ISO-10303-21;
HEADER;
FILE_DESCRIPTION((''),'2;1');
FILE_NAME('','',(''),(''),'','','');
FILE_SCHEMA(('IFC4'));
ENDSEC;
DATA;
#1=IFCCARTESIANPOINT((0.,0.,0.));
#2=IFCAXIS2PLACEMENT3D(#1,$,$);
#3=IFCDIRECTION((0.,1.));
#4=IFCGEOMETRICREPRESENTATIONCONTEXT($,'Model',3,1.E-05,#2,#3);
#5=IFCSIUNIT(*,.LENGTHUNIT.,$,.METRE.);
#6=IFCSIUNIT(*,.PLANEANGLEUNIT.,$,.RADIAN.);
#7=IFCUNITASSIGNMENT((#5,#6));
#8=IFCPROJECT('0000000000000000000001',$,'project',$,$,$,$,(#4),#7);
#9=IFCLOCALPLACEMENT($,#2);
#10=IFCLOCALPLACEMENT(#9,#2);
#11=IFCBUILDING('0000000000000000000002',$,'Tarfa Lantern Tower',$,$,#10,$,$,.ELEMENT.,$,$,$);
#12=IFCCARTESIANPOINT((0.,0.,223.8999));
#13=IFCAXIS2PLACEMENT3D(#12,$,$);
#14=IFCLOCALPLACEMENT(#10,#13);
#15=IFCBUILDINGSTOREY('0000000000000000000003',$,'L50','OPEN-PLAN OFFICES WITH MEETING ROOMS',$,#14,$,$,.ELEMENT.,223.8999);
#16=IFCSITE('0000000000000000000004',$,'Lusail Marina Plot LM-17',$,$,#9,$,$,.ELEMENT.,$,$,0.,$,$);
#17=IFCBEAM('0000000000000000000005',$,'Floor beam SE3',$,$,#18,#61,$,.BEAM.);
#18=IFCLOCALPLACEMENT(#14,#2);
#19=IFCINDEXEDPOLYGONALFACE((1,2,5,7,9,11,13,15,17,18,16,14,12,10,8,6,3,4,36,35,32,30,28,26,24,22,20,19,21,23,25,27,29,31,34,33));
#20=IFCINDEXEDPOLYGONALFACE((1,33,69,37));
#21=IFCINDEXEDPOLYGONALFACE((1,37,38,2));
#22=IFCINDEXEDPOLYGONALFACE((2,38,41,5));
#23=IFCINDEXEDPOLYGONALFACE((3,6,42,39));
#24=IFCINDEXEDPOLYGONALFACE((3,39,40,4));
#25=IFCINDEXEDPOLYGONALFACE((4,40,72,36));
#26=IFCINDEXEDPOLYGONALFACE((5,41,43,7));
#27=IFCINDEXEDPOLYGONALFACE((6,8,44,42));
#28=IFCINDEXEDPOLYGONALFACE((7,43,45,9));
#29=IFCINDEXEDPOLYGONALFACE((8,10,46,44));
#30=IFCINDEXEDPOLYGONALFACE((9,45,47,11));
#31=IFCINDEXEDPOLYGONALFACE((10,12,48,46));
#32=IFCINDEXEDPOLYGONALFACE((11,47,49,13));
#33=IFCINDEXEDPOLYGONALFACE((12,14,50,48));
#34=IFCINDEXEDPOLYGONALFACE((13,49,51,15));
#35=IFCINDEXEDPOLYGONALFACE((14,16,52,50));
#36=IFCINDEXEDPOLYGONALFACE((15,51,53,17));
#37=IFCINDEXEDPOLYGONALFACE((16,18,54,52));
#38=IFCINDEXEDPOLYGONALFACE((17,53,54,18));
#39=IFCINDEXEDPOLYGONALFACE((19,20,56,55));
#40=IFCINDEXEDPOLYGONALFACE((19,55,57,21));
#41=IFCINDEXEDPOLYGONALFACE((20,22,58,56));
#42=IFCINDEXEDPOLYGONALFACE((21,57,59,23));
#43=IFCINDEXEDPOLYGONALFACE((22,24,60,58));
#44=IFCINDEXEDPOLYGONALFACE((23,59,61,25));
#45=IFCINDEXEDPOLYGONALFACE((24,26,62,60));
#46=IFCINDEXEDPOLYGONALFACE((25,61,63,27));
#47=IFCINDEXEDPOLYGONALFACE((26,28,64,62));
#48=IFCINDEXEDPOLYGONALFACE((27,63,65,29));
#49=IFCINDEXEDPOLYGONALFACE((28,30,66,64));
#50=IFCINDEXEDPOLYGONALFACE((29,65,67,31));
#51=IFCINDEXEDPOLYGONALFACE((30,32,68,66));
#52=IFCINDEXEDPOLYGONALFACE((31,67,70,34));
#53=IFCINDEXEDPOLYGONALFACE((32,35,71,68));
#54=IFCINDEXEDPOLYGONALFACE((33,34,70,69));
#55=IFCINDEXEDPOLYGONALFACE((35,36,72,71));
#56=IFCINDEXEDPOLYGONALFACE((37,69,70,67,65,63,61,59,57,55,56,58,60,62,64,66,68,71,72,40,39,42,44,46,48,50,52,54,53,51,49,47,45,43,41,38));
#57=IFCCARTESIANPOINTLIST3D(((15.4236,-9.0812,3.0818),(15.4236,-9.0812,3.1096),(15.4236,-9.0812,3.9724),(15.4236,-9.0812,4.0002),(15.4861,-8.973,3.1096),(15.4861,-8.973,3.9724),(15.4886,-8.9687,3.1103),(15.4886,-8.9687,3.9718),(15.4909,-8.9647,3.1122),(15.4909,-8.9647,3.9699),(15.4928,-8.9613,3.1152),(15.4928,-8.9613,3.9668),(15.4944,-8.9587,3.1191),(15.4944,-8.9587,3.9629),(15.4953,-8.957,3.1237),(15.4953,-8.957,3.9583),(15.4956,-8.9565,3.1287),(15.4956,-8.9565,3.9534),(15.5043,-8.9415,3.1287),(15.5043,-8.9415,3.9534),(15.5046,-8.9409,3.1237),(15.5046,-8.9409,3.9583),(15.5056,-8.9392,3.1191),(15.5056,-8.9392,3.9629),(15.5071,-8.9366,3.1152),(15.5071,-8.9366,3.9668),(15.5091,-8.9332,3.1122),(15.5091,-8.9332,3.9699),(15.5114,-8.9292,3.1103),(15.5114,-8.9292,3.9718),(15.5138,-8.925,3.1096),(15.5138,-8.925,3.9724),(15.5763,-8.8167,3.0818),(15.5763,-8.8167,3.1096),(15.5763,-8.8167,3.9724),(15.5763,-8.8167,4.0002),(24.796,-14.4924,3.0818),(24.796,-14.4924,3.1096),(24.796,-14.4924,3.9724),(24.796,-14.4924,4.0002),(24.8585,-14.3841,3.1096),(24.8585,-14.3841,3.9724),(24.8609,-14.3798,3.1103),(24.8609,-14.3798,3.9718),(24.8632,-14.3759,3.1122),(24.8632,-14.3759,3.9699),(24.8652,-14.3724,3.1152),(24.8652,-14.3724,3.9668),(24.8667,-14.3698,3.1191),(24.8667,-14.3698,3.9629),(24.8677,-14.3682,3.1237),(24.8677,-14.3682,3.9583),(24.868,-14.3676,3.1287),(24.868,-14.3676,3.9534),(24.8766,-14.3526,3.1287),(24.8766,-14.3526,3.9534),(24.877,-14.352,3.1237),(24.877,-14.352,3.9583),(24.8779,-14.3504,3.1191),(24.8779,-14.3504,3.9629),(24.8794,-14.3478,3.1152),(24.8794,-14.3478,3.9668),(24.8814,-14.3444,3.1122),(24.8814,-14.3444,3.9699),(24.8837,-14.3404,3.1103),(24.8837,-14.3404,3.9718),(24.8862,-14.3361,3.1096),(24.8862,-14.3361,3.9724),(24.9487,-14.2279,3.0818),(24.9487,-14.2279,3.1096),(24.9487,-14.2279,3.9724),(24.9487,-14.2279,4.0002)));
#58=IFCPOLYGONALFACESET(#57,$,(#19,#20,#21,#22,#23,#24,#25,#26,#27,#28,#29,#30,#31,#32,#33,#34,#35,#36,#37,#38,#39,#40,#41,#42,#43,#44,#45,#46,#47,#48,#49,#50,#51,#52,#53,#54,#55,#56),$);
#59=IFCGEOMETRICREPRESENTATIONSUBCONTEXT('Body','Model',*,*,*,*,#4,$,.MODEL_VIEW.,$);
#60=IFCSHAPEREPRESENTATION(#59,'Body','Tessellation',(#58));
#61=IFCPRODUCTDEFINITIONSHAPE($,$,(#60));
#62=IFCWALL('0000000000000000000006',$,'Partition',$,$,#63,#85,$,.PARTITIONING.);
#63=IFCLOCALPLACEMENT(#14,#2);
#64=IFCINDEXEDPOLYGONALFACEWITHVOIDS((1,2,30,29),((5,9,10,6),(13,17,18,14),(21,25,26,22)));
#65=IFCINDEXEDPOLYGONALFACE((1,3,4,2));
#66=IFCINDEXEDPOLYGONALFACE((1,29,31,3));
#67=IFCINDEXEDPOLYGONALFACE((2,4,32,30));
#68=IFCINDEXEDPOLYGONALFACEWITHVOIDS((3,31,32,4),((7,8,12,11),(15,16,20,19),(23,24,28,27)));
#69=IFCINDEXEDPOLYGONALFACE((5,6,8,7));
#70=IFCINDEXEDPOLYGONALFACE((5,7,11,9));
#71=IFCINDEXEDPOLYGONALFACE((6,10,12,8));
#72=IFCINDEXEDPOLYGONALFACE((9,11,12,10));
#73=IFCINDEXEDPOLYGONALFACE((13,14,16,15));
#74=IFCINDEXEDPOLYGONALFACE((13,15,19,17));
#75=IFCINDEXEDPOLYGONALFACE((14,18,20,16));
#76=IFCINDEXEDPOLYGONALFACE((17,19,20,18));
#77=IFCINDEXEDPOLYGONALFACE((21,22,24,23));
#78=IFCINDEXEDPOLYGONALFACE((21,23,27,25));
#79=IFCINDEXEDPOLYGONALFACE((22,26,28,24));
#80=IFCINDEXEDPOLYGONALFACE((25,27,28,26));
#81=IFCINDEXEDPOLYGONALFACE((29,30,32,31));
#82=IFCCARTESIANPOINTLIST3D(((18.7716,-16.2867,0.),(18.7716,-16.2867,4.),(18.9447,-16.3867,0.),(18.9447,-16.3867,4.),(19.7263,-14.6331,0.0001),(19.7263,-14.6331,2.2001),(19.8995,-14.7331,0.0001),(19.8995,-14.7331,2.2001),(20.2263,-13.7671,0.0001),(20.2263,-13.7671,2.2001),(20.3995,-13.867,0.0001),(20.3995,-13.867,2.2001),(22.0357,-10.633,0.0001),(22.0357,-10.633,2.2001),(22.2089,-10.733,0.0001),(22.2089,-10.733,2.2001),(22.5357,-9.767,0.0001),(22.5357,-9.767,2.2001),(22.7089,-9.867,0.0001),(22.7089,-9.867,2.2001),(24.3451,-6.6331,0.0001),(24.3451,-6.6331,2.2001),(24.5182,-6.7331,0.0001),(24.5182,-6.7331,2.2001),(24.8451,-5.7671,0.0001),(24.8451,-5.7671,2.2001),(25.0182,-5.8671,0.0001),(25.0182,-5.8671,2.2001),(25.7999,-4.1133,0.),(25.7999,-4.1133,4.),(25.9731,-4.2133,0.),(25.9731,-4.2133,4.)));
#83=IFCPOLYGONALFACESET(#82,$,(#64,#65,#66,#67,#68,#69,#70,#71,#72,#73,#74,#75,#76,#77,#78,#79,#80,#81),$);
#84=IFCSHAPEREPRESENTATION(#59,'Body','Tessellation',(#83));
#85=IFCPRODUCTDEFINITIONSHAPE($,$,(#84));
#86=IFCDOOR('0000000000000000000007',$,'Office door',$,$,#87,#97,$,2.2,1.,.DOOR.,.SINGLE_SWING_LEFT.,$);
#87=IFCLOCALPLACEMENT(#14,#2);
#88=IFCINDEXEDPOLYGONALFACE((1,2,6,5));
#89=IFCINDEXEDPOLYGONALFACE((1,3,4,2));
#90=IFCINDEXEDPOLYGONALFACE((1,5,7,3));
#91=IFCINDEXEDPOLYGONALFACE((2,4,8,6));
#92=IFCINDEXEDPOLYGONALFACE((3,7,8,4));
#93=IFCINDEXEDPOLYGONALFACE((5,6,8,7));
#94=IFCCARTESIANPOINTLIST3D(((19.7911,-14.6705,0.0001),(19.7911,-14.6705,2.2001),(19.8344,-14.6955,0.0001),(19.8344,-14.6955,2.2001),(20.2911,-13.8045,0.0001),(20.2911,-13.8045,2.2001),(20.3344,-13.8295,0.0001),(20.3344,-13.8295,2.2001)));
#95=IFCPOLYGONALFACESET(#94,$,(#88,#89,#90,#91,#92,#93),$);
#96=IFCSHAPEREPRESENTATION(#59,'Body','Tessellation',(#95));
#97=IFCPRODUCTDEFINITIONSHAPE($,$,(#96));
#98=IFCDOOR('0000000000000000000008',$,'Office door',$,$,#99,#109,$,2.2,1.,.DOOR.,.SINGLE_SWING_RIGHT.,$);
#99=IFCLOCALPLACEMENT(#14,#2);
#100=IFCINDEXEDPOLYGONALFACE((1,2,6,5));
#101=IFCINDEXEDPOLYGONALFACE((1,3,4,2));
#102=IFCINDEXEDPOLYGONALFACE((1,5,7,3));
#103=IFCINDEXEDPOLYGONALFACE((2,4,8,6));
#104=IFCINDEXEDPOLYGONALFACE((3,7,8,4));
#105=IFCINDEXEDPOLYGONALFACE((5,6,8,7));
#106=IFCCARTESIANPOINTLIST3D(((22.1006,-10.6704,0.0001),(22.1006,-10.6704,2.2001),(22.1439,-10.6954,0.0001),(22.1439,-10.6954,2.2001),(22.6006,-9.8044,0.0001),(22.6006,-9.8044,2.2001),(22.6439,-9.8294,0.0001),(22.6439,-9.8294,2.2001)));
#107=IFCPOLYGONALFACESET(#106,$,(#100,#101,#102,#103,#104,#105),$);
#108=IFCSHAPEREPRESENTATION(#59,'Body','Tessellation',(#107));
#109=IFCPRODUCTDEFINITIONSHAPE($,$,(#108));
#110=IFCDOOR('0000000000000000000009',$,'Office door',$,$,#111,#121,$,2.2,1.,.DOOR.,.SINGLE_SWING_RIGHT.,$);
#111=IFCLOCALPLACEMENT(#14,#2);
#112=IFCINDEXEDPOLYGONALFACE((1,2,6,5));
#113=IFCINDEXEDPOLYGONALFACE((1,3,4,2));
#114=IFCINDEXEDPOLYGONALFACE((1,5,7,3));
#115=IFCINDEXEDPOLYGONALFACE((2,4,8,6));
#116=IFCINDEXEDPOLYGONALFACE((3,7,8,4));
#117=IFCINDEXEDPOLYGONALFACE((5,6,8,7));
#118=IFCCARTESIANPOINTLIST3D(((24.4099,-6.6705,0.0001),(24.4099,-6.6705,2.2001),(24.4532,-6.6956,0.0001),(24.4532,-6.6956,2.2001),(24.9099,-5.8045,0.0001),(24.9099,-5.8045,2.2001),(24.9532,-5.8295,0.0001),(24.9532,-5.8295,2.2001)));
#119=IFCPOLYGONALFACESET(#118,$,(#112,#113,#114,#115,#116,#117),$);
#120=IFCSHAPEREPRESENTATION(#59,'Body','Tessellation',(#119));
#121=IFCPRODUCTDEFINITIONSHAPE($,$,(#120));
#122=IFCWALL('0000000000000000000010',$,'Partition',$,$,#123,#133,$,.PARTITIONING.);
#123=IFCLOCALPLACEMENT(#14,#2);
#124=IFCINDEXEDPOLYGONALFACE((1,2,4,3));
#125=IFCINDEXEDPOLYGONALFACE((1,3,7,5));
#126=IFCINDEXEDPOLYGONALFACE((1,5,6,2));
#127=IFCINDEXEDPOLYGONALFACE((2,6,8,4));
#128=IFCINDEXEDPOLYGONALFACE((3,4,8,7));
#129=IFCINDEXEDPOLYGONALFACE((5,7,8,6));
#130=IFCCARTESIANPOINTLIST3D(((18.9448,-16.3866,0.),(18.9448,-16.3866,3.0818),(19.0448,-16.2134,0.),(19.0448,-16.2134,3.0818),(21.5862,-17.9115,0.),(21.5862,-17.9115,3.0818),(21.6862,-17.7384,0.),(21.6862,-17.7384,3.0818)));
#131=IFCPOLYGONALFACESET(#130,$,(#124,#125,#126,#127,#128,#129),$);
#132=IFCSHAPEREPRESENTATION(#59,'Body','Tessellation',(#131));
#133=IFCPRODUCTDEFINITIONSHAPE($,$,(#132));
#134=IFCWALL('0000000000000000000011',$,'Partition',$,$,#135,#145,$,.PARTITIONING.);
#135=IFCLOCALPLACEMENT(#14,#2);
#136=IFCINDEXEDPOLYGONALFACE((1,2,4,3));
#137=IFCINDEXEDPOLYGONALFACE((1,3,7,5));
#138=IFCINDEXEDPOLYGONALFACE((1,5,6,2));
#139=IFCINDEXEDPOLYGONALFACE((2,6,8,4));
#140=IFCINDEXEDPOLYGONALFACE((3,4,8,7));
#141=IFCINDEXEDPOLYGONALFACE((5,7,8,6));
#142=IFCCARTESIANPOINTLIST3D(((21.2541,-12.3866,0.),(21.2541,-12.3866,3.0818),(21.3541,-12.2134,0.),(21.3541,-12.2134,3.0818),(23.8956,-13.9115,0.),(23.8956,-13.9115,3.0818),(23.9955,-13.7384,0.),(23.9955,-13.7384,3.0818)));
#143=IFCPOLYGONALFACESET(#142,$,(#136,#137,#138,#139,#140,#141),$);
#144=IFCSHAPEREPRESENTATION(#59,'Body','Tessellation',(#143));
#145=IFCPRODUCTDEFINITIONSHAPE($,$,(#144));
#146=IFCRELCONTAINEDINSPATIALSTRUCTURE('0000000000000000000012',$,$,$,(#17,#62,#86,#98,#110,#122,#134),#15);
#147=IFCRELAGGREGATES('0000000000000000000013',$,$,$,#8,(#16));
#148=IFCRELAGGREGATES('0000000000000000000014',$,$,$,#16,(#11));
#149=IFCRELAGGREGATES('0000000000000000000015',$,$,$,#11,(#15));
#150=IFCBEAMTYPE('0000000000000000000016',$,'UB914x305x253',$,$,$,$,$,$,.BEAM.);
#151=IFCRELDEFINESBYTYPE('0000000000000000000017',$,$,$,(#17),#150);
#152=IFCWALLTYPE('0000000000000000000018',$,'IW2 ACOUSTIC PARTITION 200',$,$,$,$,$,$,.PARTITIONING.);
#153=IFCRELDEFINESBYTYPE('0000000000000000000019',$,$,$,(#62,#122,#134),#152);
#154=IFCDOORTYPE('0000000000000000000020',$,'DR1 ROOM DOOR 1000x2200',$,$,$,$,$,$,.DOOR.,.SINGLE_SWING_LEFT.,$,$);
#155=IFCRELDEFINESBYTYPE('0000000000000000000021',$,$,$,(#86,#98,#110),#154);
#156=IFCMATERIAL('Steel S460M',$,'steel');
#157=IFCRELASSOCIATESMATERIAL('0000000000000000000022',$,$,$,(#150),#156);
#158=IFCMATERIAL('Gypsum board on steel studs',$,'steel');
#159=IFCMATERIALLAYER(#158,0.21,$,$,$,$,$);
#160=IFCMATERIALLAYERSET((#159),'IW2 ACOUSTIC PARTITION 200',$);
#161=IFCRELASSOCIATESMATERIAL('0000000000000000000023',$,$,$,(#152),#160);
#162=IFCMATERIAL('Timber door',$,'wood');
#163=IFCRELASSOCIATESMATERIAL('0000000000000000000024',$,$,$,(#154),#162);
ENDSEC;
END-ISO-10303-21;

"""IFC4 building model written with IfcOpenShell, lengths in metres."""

from ifc_helpers import new_model, si_unit, direction, frame, frame_2d, origin, origin_2d, place, context, subcontext, project, spatial, rectangle, i_section, extrude, material, layer, layer_set, material_profile, profile_set, type_object, element, fill, save


model = new_model("IFC4")

# Units and contexts
model_context = context("Model", 3, precision=1e-05, world=origin(), true_north=direction((0.0, 1.0)))
body_context = subcontext(model_context, "Body", "Model", "MODEL_VIEW")
ifc_project = project(units=[si_unit("LENGTHUNIT", "METRE"), si_unit("PLANEANGLEUNIT", "RADIAN")], contexts=[model_context])

# Site, building, storey
site_placement = place(None, origin())
site = spatial("IfcSite", under=ifc_project, at=site_placement, Name="Lusail Marina Plot LM-17", CompositionType="ELEMENT", RefElevation=0.0)
building_placement = place(site_placement, origin())
building = spatial("IfcBuilding", under=site, at=building_placement, Name="Tarfa Lantern Tower", CompositionType="ELEMENT")
storey_placement = place(building_placement, frame((0.0, 0.0, 223.8999)))
storey = spatial("IfcBuildingStorey", under=building, at=storey_placement, Name="L50", Description="OPEN-PLAN OFFICES WITH MEETING ROOMS", CompositionType="ELEMENT", Elevation=223.8999)

# Beam
ifc_material_1 = material(Name="Steel S460M", Category="steel")
ifc_material_profile_1 = material_profile(ifc_material_1, i_section(OverallWidth=0.3054, OverallDepth=0.9185, WebThickness=0.0173, FlangeThickness=0.0278, FilletRadius=0.019, at=origin_2d()), Name="UB914x305x253")
ifc_profile_set_1 = profile_set([ifc_material_profile_1], Name="Steel S460M")
beam_type_1 = type_object("IfcBeamType", Name="UB914x305x253", PredefinedType="BEAM", material=ifc_profile_set_1)
beam_1_placement = place(storey_placement, frame((24.8723, -14.3601, 3.541), z_axis=(-0.866024, 0.500002, 0.0), x_axis=(-0.500002, -0.866024, 0.0)))
element("IfcBeam", 1, at=beam_1_placement, inside=storey, type_object=beam_type_1, Name="Floor beam SE3", PredefinedType="BEAM", context=body_context, shape_type="SweptSolid", body=[
    extrude(i_section(OverallWidth=0.3054, OverallDepth=0.9185, WebThickness=0.0173, FlangeThickness=0.0278, FilletRadius=0.019, at=origin_2d()), origin(), (0.0, 0.0, 1.0), 10.8223),
])

# Wall, openings, doors
ifc_material_2 = material(Name="Gypsum board on steel studs", Category="steel")
ifc_layer_1 = layer(ifc_material_2, 0.21)
ifc_layer_set_1 = layer_set([ifc_layer_1], Name="IW2 ACOUSTIC PARTITION 200")
wall_type_1 = type_object("IfcWallType", Name="IW2 ACOUSTIC PARTITION 200", PredefinedType="PARTITIONING", material=ifc_layer_set_1)
wall_1_placement = place(storey_placement, frame((18.8582, -16.3367, 0.0), z_axis=(0.0, 0.0, 1.0), x_axis=(0.500002, 0.866024, 0.0)))
wall_1 = element("IfcWall", 2, at=wall_1_placement, inside=storey, type_object=wall_type_1, Name="Partition", PredefinedType="PARTITIONING", context=body_context, shape_type="SweptSolid", body=[
    extrude(rectangle(XDim=14.0566, YDim=0.2, at=frame_2d((7.0283, 0.0))), origin(), (0.0, 0.0, 1.0), 4.0),
])
opening_1_placement = place(wall_1_placement, frame((1.9094, 0.0, 0.0)))
opening_1 = element("IfcOpeningElement", 3, at=opening_1_placement, cuts=wall_1, PredefinedType="OPENING", context=body_context, shape_type="SweptSolid", body=[
    extrude(rectangle(XDim=1.0, YDim=2.2, at=frame_2d((0.5, 1.1001))), frame((0.0, 0.1099, 0.0), z_axis=(0.0, -1.0, 0.0), x_axis=(1.0, 0.0, 0.0)), (0.0, 0.0, 1.0), 0.22),
])
opening_2_placement = place(wall_1_placement, frame((6.5283, 0.0, 0.0)))
opening_2 = element("IfcOpeningElement", 4, at=opening_2_placement, cuts=wall_1, PredefinedType="OPENING", context=body_context, shape_type="SweptSolid", body=[
    extrude(rectangle(XDim=1.0, YDim=2.2, at=frame_2d((0.5, 1.1001))), frame((0.0, 0.1099, 0.0), z_axis=(0.0, -1.0, 0.0), x_axis=(1.0, 0.0, 0.0)), (0.0, 0.0, 1.0), 0.22),
])
opening_3_placement = place(wall_1_placement, frame((11.147, 0.0, 0.0)))
opening_3 = element("IfcOpeningElement", 5, at=opening_3_placement, cuts=wall_1, PredefinedType="OPENING", context=body_context, shape_type="SweptSolid", body=[
    extrude(rectangle(XDim=1.0, YDim=2.2, at=frame_2d((0.5, 1.1001))), frame((0.0, 0.1099, 0.0), z_axis=(0.0, -1.0, 0.0), x_axis=(1.0, 0.0, 0.0)), (0.0, 0.0, 1.0), 0.22),
])
ifc_material_3 = material(Name="Timber door", Category="wood")
door_type_1 = type_object("IfcDoorType", Name="DR1 ROOM DOOR 1000x2200", OperationType="SINGLE_SWING_LEFT", PredefinedType="DOOR", material=ifc_material_3)
door_1_placement = place(opening_1_placement, frame((1.0, 0.0, 0.0), z_axis=(0.0, 0.0, 1.0), x_axis=(-1.0, 0.0, 0.0)))
door_1 = element("IfcDoor", 6, at=door_1_placement, inside=storey, type_object=door_type_1, Name="Office door", OperationType="SINGLE_SWING_LEFT", OverallHeight=2.2, OverallWidth=1.0, PredefinedType="DOOR", context=body_context, shape_type="SweptSolid", body=[
    extrude(rectangle(XDim=1.0, YDim=2.2, at=frame_2d((0.5, 1.1001))), frame((0.0, 0.0249, 0.0), z_axis=(0.0, -1.0, 0.0), x_axis=(1.0, 0.0, 0.0)), (0.0, 0.0, 1.0), 0.05),
])
fill(opening_1, door_1)
door_2_placement = place(opening_2_placement, frame((1.0, 0.0, 0.0), z_axis=(0.0, 0.0, 1.0), x_axis=(-1.0, 0.0, 0.0)))
door_2 = element("IfcDoor", 7, at=door_2_placement, inside=storey, type_object=door_type_1, Name="Office door", OperationType="SINGLE_SWING_RIGHT", OverallHeight=2.2, OverallWidth=1.0, PredefinedType="DOOR", context=body_context, shape_type="SweptSolid", body=[
    extrude(rectangle(XDim=1.0, YDim=2.2, at=frame_2d((0.5, 1.1001))), frame((0.0, 0.0249, 0.0), z_axis=(0.0, -1.0, 0.0), x_axis=(1.0, 0.0, 0.0)), (0.0, 0.0, 1.0), 0.05),
])
fill(opening_2, door_2)
door_3_placement = place(opening_3_placement, frame((1.0, 0.0, 0.0), z_axis=(0.0, 0.0, 1.0), x_axis=(-1.0, 0.0, 0.0)))
door_3 = element("IfcDoor", 8, at=door_3_placement, inside=storey, type_object=door_type_1, Name="Office door", OperationType="SINGLE_SWING_RIGHT", OverallHeight=2.2, OverallWidth=1.0, PredefinedType="DOOR", context=body_context, shape_type="SweptSolid", body=[
    extrude(rectangle(XDim=1.0, YDim=2.2, at=frame_2d((0.5, 1.1001))), frame((0.0, 0.0249, 0.0), z_axis=(0.0, -1.0, 0.0), x_axis=(1.0, 0.0, 0.0)), (0.0, 0.0, 1.0), 0.05),
])
fill(opening_3, door_3)

# Walls
for number, where, z_axis, x_axis, name in (
    (9, (18.9949, -16.3, 0.0), (0.0, 0.0, 1.0), (0.866038, -0.499979, 0.0), "Partition"),
    (10, (21.3042, -12.3, 0.0), (0.0, 0.0, 1.0), (0.866038, -0.499979, 0.0), "Partition"),
):
    element("IfcWall", number, at=place(storey_placement, frame(where, z_axis=z_axis, x_axis=x_axis)), inside=storey, type_object=wall_type_1, Name=name, PredefinedType="PARTITIONING", context=body_context, shape_type="SweptSolid", body=[
        extrude(rectangle(XDim=3.05, YDim=0.2, at=frame_2d((1.5249, 0.0))), origin(), (0.0, 0.0, 1.0), 3.0818),
    ])

save(model, "model.ifc")
